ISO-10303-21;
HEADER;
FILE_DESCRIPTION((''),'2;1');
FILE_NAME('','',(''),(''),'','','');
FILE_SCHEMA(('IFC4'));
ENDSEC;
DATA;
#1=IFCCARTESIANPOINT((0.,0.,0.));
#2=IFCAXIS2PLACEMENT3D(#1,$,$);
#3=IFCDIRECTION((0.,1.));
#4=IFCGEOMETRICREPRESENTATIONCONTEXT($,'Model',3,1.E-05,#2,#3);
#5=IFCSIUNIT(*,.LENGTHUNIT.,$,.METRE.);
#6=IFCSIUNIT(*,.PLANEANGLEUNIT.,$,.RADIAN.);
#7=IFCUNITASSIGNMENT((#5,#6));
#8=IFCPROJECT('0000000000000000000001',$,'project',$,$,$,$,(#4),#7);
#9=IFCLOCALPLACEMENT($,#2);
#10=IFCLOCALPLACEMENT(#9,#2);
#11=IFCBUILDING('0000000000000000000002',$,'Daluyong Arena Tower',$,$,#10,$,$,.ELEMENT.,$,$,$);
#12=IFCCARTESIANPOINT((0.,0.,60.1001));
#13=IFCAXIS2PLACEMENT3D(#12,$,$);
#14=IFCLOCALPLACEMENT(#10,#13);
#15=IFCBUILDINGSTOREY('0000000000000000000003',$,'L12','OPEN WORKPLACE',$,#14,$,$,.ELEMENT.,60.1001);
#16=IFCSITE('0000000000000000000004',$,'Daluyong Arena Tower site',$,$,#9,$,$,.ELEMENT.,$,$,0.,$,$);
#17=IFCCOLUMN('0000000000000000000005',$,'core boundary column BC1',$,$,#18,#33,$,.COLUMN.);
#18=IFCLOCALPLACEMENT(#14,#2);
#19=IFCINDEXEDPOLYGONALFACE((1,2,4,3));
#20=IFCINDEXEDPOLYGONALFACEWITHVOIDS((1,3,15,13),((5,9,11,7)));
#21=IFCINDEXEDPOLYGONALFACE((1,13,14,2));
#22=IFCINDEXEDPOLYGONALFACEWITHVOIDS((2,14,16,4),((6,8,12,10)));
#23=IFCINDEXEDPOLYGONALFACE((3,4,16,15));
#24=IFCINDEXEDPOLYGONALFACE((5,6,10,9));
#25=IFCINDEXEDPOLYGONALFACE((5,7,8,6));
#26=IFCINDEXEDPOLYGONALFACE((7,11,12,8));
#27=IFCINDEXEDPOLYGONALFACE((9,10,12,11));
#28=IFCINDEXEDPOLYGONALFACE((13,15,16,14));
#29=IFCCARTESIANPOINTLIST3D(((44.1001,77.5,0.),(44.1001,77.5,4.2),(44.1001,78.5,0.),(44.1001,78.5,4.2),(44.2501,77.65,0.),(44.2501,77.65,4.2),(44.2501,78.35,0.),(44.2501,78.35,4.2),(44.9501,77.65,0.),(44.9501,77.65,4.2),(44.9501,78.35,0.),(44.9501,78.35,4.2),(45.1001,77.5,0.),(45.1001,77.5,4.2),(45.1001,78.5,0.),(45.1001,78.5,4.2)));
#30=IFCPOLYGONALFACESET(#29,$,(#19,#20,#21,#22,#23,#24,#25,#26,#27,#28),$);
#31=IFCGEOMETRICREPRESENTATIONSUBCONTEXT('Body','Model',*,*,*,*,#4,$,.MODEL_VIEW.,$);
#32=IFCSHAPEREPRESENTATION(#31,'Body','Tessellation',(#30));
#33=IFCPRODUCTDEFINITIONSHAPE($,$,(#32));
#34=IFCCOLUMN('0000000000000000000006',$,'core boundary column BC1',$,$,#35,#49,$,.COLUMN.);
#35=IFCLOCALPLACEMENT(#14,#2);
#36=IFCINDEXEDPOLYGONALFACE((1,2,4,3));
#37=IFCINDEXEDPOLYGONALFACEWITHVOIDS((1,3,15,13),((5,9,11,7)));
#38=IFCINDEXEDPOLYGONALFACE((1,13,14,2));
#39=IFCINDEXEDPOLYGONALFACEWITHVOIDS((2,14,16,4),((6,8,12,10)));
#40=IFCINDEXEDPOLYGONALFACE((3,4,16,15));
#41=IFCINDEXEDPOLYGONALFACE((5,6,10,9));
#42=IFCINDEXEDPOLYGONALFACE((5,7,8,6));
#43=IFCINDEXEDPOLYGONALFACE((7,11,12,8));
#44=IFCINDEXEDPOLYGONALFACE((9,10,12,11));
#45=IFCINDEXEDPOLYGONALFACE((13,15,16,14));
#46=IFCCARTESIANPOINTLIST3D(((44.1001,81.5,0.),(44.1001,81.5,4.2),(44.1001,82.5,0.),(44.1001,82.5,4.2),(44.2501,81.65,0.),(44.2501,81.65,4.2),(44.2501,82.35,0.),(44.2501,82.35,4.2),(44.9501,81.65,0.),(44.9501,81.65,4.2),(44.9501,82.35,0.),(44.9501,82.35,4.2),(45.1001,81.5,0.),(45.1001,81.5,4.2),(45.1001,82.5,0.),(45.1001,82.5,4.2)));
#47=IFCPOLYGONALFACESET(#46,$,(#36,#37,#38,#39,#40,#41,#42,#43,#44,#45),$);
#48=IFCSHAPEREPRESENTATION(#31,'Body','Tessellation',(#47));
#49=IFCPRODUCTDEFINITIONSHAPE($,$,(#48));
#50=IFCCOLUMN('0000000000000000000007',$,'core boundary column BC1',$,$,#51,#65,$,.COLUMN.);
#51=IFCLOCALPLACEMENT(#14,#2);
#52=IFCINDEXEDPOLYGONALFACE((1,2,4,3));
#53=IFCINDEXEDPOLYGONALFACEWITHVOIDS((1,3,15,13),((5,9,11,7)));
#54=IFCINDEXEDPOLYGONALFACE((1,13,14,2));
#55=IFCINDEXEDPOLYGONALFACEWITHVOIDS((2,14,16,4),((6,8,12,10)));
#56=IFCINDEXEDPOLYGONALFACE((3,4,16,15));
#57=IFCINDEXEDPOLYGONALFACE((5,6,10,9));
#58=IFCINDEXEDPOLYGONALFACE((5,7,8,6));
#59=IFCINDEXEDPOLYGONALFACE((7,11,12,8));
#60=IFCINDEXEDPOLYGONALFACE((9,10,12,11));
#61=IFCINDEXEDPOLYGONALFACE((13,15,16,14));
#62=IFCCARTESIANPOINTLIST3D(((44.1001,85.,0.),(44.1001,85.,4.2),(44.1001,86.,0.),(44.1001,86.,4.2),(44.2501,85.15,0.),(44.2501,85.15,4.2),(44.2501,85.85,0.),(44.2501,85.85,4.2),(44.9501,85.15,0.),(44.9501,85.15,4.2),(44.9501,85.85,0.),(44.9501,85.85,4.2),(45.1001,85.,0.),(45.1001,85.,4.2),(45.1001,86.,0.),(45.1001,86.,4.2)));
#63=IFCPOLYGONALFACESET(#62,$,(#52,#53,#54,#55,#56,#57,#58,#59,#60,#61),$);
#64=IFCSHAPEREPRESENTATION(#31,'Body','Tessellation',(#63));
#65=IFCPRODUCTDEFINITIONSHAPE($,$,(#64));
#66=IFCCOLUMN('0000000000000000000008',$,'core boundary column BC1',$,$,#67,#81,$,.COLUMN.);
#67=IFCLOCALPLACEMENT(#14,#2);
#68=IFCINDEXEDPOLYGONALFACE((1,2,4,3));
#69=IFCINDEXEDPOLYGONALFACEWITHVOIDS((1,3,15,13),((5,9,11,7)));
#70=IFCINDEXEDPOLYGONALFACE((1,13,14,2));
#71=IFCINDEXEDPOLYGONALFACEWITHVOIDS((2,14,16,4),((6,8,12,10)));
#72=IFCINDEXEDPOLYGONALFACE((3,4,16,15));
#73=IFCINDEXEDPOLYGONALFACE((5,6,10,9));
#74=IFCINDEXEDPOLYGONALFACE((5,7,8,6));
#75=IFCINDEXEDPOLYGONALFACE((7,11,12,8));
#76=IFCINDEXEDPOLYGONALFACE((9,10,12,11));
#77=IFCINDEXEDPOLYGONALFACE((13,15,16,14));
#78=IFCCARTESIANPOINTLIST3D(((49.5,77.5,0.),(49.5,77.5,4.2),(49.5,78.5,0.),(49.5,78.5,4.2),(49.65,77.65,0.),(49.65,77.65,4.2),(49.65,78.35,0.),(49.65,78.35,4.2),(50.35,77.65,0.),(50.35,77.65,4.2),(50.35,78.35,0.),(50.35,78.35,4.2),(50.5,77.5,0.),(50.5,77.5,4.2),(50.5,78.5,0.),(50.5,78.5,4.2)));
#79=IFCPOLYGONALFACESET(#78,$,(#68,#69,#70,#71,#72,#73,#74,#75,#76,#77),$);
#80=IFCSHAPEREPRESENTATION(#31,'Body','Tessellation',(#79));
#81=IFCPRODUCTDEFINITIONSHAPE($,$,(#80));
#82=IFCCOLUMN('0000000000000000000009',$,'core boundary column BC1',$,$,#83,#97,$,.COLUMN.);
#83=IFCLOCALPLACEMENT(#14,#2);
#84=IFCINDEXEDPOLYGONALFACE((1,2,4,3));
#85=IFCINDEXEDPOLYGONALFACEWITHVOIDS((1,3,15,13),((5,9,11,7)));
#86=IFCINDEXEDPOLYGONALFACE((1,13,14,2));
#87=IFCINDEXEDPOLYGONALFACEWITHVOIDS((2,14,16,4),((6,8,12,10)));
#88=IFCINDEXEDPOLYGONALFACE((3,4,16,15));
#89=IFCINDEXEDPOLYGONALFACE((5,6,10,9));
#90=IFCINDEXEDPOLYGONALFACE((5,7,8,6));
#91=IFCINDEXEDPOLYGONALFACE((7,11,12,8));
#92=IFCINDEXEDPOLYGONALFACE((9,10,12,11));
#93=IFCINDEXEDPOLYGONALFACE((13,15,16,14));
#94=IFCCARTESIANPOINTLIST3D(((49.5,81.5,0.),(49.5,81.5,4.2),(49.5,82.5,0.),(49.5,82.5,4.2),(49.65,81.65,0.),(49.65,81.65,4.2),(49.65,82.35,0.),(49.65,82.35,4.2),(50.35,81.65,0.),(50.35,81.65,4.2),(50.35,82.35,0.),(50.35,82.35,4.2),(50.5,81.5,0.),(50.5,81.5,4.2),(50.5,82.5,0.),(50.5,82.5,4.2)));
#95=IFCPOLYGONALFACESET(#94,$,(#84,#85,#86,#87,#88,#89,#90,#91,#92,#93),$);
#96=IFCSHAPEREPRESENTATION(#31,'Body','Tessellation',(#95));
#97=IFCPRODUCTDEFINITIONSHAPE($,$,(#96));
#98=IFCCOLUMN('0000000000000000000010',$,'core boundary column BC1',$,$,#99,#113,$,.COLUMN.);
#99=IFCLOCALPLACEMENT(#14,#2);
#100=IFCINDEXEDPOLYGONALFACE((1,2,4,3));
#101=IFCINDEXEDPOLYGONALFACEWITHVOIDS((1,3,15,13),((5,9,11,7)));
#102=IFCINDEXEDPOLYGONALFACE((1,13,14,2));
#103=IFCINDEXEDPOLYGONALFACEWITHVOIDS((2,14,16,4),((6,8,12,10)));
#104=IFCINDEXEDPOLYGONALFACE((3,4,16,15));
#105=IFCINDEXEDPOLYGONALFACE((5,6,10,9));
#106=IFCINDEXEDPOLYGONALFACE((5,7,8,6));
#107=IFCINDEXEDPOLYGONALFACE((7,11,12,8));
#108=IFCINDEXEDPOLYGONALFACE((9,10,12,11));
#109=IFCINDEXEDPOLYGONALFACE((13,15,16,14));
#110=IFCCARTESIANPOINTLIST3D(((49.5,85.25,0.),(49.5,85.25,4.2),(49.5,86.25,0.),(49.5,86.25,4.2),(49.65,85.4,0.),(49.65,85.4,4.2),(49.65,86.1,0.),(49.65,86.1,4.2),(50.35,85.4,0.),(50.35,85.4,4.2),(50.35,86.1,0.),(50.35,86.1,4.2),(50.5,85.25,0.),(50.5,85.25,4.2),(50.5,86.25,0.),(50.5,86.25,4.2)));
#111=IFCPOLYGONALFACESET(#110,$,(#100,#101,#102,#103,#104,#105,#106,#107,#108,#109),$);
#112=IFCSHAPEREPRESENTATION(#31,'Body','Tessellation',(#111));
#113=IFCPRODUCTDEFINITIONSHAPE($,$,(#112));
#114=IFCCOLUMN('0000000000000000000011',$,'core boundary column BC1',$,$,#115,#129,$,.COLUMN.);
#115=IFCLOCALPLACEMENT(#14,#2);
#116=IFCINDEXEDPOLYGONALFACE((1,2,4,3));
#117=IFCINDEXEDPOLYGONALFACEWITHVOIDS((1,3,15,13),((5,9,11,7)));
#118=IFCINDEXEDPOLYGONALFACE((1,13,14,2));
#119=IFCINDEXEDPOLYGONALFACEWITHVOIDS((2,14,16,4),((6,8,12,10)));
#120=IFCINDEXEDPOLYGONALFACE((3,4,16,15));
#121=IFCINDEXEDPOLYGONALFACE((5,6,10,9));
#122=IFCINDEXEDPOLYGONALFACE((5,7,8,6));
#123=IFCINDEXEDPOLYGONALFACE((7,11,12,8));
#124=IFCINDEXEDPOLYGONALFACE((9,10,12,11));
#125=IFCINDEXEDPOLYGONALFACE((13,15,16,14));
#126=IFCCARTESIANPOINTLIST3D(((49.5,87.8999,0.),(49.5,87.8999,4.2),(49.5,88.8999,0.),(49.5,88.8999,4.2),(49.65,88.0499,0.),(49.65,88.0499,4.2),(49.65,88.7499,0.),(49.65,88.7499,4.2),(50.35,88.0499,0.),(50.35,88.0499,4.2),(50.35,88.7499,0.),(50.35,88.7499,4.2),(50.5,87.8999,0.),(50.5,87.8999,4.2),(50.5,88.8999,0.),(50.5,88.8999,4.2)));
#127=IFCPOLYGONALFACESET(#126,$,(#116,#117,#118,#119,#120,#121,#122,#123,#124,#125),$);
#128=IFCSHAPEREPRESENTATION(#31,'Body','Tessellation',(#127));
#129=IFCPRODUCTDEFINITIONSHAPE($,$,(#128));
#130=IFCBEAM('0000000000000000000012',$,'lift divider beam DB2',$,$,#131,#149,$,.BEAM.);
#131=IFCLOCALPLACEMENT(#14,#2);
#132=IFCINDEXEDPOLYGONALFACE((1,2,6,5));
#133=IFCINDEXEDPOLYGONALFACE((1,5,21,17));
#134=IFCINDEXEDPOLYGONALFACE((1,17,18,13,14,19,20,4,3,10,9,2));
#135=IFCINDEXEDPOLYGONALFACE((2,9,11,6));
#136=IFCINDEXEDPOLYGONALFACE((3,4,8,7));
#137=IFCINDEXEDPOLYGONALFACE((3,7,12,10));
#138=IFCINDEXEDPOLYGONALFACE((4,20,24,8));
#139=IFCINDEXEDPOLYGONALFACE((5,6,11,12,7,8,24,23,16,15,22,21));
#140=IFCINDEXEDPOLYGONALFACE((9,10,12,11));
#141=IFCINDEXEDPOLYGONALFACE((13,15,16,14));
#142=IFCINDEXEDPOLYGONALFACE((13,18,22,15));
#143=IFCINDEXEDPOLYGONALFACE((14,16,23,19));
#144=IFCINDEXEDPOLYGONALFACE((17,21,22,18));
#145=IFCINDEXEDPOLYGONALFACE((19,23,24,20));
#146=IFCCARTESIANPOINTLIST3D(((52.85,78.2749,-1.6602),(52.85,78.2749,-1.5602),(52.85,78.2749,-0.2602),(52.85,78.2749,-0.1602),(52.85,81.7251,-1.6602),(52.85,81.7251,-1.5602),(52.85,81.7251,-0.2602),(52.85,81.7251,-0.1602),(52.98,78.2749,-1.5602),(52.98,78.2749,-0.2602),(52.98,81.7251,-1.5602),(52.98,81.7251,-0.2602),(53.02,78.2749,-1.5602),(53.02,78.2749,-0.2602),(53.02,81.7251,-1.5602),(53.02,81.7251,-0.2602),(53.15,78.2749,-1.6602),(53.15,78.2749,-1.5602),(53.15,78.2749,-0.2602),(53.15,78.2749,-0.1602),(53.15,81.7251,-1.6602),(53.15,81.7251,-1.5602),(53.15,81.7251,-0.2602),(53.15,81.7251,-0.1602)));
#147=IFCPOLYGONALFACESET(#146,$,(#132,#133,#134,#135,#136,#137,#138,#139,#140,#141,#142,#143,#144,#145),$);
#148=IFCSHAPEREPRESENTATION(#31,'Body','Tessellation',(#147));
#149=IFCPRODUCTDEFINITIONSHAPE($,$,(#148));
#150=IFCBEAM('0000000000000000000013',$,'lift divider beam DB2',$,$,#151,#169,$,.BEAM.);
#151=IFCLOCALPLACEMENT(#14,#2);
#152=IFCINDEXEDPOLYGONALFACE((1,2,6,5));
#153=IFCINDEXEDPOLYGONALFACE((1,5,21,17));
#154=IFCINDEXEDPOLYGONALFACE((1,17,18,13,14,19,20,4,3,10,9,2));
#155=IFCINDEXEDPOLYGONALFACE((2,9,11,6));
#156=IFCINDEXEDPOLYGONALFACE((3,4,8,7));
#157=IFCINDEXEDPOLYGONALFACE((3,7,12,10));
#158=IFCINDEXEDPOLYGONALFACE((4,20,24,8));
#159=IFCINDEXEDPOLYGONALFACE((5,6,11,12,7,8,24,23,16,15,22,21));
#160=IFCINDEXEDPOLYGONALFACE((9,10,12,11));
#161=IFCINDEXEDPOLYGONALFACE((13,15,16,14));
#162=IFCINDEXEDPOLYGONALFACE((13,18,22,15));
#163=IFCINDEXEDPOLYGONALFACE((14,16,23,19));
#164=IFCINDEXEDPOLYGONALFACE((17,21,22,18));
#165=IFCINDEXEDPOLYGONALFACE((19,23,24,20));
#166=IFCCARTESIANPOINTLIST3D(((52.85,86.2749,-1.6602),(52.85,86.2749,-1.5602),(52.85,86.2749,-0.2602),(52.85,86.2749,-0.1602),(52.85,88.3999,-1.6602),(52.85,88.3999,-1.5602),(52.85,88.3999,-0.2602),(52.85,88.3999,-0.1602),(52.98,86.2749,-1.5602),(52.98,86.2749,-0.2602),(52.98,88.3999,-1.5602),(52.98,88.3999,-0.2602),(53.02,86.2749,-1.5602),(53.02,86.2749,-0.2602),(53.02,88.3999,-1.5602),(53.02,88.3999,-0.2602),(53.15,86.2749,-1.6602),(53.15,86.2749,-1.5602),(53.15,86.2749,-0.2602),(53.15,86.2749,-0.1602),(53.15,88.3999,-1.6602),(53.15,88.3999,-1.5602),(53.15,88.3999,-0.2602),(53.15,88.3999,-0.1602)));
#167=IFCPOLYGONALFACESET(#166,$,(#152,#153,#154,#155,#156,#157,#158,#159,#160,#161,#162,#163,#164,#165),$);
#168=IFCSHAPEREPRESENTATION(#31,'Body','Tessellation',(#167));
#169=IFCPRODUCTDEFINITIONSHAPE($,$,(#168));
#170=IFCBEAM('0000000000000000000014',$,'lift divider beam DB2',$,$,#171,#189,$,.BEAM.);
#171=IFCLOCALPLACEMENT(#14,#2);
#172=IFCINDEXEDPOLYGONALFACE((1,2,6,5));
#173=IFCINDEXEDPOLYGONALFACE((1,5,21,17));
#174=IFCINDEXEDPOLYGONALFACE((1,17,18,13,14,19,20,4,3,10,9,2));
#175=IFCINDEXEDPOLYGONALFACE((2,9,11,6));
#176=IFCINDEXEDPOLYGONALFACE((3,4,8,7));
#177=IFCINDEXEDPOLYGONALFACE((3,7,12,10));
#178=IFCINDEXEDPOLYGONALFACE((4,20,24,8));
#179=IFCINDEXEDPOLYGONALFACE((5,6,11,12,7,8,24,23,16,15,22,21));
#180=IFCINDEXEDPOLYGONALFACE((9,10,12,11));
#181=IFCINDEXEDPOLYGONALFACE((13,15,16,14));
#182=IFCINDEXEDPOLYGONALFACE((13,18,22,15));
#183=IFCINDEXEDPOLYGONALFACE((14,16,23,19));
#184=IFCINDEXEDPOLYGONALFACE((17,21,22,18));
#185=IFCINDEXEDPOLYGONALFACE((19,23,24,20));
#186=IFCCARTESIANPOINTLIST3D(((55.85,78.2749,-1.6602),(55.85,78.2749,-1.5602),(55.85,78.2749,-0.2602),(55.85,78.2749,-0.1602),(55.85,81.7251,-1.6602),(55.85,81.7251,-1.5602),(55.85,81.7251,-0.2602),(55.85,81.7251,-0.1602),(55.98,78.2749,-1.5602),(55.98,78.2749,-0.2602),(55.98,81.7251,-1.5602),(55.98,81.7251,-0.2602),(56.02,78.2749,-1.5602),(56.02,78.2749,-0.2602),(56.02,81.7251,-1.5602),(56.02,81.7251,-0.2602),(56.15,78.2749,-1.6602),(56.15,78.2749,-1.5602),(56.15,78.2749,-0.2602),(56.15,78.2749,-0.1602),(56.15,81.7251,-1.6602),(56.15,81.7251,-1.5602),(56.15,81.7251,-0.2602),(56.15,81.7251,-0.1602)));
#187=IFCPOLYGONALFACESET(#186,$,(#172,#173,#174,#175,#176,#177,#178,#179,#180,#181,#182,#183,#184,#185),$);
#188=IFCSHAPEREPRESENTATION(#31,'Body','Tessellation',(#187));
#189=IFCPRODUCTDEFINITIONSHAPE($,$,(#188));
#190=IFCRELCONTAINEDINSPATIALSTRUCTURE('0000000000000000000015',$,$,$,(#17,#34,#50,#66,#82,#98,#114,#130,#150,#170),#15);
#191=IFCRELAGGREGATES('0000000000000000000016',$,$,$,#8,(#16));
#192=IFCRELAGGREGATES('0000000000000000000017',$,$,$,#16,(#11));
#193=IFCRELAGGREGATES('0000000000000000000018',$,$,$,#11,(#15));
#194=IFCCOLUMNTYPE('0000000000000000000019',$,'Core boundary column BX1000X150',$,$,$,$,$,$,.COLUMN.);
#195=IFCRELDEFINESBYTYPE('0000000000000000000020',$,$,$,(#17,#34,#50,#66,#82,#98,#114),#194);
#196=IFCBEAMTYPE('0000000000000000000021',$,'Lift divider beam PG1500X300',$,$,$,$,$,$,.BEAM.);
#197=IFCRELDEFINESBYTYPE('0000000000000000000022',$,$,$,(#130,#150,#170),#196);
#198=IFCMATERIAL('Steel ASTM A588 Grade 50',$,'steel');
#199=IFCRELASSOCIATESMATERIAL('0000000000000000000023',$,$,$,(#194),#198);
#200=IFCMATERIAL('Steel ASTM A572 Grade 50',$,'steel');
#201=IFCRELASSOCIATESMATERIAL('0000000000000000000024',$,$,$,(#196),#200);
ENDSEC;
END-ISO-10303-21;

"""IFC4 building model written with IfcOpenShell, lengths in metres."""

from ifc_helpers import new_model, si_unit, direction, frame, origin, origin_2d, place, context, subcontext, project, spatial, hollow_rectangle, i_section, extrude, material, material_profile, profile_set, type_object, element, save


model = new_model("IFC4")

# Units and contexts
model_context = context("Model", 3, precision=1e-05, world=origin(), true_north=direction((0.0, 1.0)))
body_context = subcontext(model_context, "Body", "Model", "MODEL_VIEW")
ifc_project = project(units=[si_unit("LENGTHUNIT", "METRE"), si_unit("PLANEANGLEUNIT", "RADIAN")], contexts=[model_context])

# Site, building, storey
site_placement = place(None, origin())
site = spatial("IfcSite", under=ifc_project, at=site_placement, Name="Daluyong Arena Tower site", CompositionType="ELEMENT", RefElevation=0.0)
building_placement = place(site_placement, origin())
building = spatial("IfcBuilding", under=site, at=building_placement, Name="Daluyong Arena Tower", CompositionType="ELEMENT")
storey_placement = place(building_placement, frame((0.0, 0.0, 60.1001)))
storey = spatial("IfcBuildingStorey", under=building, at=storey_placement, Name="L12", Description="OPEN WORKPLACE", CompositionType="ELEMENT", Elevation=60.1001)

# Columns
ifc_material_1 = material(Name="Steel ASTM A588 Grade 50", Category="steel")
ifc_material_profile_1 = material_profile(ifc_material_1, hollow_rectangle(XDim=1.0, YDim=1.0, WallThickness=0.15, at=origin_2d()))
ifc_profile_set_1 = profile_set([ifc_material_profile_1], Name="Steel ASTM A588 Grade 50")
column_type = type_object("IfcColumnType", Name="Core boundary column BX1000X150", PredefinedType="COLUMN", material=ifc_profile_set_1)
for number, where, z_axis, x_axis, name in (
    (1, (44.6001, 78.0, 0.0), (0.0, 0.0, 1.0), (1.0, 0.0, 0.0), "core boundary column BC1"),
    (2, (44.6001, 82.0, 0.0), (0.0, 0.0, 1.0), (1.0, 0.0, 0.0), "core boundary column BC1"),
    (3, (44.6001, 85.5, 0.0), (0.0, 0.0, 1.0), (1.0, 0.0, 0.0), "core boundary column BC1"),
    (4, (50.0, 78.0, 0.0), (0.0, 0.0, 1.0), (1.0, 0.0, 0.0), "core boundary column BC1"),
    (5, (50.0, 82.0, 0.0), (0.0, 0.0, 1.0), (1.0, 0.0, 0.0), "core boundary column BC1"),
    (6, (50.0, 85.75, 0.0), (0.0, 0.0, 1.0), (1.0, 0.0, 0.0), "core boundary column BC1"),
    (7, (50.0, 88.3999, 0.0), (0.0, 0.0, 1.0), (1.0, 0.0, 0.0), "core boundary column BC1"),
):
    element("IfcColumn", number, at=place(storey_placement, frame(where, z_axis=z_axis, x_axis=x_axis)), inside=storey, type_object=column_type, Name=name, PredefinedType="COLUMN", context=body_context, shape_type="SweptSolid", body=[
        extrude(hollow_rectangle(XDim=1.0, YDim=1.0, WallThickness=0.15, at=origin_2d()), origin(), (0.0, 0.0, 1.0), 4.2),
    ])

# Beams
ifc_material_2 = material(Name="Steel ASTM A572 Grade 50", Category="steel")
ifc_material_profile_2 = material_profile(ifc_material_2, i_section(OverallWidth=0.3, OverallDepth=1.5, WebThickness=0.04, FlangeThickness=0.1, at=origin_2d()))
ifc_profile_set_2 = profile_set([ifc_material_profile_2], Name="Steel ASTM A572 Grade 50")
beam_type = type_object("IfcBeamType", Name="Lift divider beam PG1500X300", PredefinedType="BEAM", material=ifc_profile_set_2)
beam_1_placement = place(storey_placement, frame((53.0, 78.2749, -0.9102), z_axis=(0.0, 1.0, 0.0), x_axis=(-1.0, 0.0, 0.0)))
element("IfcBeam", 8, at=beam_1_placement, inside=storey, type_object=beam_type, Name="lift divider beam DB2", PredefinedType="BEAM", context=body_context, shape_type="SweptSolid", body=[
    extrude(i_section(OverallWidth=0.3, OverallDepth=1.5, WebThickness=0.04, FlangeThickness=0.1, at=origin_2d()), origin(), (0.0, 0.0, 1.0), 3.4502),
])
beam_2_placement = place(storey_placement, frame((53.0, 86.2749, -0.9102), z_axis=(0.0, 1.0, 0.0), x_axis=(-1.0, 0.0, 0.0)))
element("IfcBeam", 9, at=beam_2_placement, inside=storey, type_object=beam_type, Name="lift divider beam DB2", PredefinedType="BEAM", context=body_context, shape_type="SweptSolid", body=[
    extrude(i_section(OverallWidth=0.3, OverallDepth=1.5, WebThickness=0.04, FlangeThickness=0.1, at=origin_2d()), origin(), (0.0, 0.0, 1.0), 2.125),
])
beam_3_placement = place(storey_placement, frame((56.0, 78.2749, -0.9102), z_axis=(0.0, 1.0, 0.0), x_axis=(-1.0, 0.0, 0.0)))
element("IfcBeam", 10, at=beam_3_placement, inside=storey, type_object=beam_type, Name="lift divider beam DB2", PredefinedType="BEAM", context=body_context, shape_type="SweptSolid", body=[
    extrude(i_section(OverallWidth=0.3, OverallDepth=1.5, WebThickness=0.04, FlangeThickness=0.1, at=origin_2d()), origin(), (0.0, 0.0, 1.0), 3.4502),
])

save(model, "model.ifc")
